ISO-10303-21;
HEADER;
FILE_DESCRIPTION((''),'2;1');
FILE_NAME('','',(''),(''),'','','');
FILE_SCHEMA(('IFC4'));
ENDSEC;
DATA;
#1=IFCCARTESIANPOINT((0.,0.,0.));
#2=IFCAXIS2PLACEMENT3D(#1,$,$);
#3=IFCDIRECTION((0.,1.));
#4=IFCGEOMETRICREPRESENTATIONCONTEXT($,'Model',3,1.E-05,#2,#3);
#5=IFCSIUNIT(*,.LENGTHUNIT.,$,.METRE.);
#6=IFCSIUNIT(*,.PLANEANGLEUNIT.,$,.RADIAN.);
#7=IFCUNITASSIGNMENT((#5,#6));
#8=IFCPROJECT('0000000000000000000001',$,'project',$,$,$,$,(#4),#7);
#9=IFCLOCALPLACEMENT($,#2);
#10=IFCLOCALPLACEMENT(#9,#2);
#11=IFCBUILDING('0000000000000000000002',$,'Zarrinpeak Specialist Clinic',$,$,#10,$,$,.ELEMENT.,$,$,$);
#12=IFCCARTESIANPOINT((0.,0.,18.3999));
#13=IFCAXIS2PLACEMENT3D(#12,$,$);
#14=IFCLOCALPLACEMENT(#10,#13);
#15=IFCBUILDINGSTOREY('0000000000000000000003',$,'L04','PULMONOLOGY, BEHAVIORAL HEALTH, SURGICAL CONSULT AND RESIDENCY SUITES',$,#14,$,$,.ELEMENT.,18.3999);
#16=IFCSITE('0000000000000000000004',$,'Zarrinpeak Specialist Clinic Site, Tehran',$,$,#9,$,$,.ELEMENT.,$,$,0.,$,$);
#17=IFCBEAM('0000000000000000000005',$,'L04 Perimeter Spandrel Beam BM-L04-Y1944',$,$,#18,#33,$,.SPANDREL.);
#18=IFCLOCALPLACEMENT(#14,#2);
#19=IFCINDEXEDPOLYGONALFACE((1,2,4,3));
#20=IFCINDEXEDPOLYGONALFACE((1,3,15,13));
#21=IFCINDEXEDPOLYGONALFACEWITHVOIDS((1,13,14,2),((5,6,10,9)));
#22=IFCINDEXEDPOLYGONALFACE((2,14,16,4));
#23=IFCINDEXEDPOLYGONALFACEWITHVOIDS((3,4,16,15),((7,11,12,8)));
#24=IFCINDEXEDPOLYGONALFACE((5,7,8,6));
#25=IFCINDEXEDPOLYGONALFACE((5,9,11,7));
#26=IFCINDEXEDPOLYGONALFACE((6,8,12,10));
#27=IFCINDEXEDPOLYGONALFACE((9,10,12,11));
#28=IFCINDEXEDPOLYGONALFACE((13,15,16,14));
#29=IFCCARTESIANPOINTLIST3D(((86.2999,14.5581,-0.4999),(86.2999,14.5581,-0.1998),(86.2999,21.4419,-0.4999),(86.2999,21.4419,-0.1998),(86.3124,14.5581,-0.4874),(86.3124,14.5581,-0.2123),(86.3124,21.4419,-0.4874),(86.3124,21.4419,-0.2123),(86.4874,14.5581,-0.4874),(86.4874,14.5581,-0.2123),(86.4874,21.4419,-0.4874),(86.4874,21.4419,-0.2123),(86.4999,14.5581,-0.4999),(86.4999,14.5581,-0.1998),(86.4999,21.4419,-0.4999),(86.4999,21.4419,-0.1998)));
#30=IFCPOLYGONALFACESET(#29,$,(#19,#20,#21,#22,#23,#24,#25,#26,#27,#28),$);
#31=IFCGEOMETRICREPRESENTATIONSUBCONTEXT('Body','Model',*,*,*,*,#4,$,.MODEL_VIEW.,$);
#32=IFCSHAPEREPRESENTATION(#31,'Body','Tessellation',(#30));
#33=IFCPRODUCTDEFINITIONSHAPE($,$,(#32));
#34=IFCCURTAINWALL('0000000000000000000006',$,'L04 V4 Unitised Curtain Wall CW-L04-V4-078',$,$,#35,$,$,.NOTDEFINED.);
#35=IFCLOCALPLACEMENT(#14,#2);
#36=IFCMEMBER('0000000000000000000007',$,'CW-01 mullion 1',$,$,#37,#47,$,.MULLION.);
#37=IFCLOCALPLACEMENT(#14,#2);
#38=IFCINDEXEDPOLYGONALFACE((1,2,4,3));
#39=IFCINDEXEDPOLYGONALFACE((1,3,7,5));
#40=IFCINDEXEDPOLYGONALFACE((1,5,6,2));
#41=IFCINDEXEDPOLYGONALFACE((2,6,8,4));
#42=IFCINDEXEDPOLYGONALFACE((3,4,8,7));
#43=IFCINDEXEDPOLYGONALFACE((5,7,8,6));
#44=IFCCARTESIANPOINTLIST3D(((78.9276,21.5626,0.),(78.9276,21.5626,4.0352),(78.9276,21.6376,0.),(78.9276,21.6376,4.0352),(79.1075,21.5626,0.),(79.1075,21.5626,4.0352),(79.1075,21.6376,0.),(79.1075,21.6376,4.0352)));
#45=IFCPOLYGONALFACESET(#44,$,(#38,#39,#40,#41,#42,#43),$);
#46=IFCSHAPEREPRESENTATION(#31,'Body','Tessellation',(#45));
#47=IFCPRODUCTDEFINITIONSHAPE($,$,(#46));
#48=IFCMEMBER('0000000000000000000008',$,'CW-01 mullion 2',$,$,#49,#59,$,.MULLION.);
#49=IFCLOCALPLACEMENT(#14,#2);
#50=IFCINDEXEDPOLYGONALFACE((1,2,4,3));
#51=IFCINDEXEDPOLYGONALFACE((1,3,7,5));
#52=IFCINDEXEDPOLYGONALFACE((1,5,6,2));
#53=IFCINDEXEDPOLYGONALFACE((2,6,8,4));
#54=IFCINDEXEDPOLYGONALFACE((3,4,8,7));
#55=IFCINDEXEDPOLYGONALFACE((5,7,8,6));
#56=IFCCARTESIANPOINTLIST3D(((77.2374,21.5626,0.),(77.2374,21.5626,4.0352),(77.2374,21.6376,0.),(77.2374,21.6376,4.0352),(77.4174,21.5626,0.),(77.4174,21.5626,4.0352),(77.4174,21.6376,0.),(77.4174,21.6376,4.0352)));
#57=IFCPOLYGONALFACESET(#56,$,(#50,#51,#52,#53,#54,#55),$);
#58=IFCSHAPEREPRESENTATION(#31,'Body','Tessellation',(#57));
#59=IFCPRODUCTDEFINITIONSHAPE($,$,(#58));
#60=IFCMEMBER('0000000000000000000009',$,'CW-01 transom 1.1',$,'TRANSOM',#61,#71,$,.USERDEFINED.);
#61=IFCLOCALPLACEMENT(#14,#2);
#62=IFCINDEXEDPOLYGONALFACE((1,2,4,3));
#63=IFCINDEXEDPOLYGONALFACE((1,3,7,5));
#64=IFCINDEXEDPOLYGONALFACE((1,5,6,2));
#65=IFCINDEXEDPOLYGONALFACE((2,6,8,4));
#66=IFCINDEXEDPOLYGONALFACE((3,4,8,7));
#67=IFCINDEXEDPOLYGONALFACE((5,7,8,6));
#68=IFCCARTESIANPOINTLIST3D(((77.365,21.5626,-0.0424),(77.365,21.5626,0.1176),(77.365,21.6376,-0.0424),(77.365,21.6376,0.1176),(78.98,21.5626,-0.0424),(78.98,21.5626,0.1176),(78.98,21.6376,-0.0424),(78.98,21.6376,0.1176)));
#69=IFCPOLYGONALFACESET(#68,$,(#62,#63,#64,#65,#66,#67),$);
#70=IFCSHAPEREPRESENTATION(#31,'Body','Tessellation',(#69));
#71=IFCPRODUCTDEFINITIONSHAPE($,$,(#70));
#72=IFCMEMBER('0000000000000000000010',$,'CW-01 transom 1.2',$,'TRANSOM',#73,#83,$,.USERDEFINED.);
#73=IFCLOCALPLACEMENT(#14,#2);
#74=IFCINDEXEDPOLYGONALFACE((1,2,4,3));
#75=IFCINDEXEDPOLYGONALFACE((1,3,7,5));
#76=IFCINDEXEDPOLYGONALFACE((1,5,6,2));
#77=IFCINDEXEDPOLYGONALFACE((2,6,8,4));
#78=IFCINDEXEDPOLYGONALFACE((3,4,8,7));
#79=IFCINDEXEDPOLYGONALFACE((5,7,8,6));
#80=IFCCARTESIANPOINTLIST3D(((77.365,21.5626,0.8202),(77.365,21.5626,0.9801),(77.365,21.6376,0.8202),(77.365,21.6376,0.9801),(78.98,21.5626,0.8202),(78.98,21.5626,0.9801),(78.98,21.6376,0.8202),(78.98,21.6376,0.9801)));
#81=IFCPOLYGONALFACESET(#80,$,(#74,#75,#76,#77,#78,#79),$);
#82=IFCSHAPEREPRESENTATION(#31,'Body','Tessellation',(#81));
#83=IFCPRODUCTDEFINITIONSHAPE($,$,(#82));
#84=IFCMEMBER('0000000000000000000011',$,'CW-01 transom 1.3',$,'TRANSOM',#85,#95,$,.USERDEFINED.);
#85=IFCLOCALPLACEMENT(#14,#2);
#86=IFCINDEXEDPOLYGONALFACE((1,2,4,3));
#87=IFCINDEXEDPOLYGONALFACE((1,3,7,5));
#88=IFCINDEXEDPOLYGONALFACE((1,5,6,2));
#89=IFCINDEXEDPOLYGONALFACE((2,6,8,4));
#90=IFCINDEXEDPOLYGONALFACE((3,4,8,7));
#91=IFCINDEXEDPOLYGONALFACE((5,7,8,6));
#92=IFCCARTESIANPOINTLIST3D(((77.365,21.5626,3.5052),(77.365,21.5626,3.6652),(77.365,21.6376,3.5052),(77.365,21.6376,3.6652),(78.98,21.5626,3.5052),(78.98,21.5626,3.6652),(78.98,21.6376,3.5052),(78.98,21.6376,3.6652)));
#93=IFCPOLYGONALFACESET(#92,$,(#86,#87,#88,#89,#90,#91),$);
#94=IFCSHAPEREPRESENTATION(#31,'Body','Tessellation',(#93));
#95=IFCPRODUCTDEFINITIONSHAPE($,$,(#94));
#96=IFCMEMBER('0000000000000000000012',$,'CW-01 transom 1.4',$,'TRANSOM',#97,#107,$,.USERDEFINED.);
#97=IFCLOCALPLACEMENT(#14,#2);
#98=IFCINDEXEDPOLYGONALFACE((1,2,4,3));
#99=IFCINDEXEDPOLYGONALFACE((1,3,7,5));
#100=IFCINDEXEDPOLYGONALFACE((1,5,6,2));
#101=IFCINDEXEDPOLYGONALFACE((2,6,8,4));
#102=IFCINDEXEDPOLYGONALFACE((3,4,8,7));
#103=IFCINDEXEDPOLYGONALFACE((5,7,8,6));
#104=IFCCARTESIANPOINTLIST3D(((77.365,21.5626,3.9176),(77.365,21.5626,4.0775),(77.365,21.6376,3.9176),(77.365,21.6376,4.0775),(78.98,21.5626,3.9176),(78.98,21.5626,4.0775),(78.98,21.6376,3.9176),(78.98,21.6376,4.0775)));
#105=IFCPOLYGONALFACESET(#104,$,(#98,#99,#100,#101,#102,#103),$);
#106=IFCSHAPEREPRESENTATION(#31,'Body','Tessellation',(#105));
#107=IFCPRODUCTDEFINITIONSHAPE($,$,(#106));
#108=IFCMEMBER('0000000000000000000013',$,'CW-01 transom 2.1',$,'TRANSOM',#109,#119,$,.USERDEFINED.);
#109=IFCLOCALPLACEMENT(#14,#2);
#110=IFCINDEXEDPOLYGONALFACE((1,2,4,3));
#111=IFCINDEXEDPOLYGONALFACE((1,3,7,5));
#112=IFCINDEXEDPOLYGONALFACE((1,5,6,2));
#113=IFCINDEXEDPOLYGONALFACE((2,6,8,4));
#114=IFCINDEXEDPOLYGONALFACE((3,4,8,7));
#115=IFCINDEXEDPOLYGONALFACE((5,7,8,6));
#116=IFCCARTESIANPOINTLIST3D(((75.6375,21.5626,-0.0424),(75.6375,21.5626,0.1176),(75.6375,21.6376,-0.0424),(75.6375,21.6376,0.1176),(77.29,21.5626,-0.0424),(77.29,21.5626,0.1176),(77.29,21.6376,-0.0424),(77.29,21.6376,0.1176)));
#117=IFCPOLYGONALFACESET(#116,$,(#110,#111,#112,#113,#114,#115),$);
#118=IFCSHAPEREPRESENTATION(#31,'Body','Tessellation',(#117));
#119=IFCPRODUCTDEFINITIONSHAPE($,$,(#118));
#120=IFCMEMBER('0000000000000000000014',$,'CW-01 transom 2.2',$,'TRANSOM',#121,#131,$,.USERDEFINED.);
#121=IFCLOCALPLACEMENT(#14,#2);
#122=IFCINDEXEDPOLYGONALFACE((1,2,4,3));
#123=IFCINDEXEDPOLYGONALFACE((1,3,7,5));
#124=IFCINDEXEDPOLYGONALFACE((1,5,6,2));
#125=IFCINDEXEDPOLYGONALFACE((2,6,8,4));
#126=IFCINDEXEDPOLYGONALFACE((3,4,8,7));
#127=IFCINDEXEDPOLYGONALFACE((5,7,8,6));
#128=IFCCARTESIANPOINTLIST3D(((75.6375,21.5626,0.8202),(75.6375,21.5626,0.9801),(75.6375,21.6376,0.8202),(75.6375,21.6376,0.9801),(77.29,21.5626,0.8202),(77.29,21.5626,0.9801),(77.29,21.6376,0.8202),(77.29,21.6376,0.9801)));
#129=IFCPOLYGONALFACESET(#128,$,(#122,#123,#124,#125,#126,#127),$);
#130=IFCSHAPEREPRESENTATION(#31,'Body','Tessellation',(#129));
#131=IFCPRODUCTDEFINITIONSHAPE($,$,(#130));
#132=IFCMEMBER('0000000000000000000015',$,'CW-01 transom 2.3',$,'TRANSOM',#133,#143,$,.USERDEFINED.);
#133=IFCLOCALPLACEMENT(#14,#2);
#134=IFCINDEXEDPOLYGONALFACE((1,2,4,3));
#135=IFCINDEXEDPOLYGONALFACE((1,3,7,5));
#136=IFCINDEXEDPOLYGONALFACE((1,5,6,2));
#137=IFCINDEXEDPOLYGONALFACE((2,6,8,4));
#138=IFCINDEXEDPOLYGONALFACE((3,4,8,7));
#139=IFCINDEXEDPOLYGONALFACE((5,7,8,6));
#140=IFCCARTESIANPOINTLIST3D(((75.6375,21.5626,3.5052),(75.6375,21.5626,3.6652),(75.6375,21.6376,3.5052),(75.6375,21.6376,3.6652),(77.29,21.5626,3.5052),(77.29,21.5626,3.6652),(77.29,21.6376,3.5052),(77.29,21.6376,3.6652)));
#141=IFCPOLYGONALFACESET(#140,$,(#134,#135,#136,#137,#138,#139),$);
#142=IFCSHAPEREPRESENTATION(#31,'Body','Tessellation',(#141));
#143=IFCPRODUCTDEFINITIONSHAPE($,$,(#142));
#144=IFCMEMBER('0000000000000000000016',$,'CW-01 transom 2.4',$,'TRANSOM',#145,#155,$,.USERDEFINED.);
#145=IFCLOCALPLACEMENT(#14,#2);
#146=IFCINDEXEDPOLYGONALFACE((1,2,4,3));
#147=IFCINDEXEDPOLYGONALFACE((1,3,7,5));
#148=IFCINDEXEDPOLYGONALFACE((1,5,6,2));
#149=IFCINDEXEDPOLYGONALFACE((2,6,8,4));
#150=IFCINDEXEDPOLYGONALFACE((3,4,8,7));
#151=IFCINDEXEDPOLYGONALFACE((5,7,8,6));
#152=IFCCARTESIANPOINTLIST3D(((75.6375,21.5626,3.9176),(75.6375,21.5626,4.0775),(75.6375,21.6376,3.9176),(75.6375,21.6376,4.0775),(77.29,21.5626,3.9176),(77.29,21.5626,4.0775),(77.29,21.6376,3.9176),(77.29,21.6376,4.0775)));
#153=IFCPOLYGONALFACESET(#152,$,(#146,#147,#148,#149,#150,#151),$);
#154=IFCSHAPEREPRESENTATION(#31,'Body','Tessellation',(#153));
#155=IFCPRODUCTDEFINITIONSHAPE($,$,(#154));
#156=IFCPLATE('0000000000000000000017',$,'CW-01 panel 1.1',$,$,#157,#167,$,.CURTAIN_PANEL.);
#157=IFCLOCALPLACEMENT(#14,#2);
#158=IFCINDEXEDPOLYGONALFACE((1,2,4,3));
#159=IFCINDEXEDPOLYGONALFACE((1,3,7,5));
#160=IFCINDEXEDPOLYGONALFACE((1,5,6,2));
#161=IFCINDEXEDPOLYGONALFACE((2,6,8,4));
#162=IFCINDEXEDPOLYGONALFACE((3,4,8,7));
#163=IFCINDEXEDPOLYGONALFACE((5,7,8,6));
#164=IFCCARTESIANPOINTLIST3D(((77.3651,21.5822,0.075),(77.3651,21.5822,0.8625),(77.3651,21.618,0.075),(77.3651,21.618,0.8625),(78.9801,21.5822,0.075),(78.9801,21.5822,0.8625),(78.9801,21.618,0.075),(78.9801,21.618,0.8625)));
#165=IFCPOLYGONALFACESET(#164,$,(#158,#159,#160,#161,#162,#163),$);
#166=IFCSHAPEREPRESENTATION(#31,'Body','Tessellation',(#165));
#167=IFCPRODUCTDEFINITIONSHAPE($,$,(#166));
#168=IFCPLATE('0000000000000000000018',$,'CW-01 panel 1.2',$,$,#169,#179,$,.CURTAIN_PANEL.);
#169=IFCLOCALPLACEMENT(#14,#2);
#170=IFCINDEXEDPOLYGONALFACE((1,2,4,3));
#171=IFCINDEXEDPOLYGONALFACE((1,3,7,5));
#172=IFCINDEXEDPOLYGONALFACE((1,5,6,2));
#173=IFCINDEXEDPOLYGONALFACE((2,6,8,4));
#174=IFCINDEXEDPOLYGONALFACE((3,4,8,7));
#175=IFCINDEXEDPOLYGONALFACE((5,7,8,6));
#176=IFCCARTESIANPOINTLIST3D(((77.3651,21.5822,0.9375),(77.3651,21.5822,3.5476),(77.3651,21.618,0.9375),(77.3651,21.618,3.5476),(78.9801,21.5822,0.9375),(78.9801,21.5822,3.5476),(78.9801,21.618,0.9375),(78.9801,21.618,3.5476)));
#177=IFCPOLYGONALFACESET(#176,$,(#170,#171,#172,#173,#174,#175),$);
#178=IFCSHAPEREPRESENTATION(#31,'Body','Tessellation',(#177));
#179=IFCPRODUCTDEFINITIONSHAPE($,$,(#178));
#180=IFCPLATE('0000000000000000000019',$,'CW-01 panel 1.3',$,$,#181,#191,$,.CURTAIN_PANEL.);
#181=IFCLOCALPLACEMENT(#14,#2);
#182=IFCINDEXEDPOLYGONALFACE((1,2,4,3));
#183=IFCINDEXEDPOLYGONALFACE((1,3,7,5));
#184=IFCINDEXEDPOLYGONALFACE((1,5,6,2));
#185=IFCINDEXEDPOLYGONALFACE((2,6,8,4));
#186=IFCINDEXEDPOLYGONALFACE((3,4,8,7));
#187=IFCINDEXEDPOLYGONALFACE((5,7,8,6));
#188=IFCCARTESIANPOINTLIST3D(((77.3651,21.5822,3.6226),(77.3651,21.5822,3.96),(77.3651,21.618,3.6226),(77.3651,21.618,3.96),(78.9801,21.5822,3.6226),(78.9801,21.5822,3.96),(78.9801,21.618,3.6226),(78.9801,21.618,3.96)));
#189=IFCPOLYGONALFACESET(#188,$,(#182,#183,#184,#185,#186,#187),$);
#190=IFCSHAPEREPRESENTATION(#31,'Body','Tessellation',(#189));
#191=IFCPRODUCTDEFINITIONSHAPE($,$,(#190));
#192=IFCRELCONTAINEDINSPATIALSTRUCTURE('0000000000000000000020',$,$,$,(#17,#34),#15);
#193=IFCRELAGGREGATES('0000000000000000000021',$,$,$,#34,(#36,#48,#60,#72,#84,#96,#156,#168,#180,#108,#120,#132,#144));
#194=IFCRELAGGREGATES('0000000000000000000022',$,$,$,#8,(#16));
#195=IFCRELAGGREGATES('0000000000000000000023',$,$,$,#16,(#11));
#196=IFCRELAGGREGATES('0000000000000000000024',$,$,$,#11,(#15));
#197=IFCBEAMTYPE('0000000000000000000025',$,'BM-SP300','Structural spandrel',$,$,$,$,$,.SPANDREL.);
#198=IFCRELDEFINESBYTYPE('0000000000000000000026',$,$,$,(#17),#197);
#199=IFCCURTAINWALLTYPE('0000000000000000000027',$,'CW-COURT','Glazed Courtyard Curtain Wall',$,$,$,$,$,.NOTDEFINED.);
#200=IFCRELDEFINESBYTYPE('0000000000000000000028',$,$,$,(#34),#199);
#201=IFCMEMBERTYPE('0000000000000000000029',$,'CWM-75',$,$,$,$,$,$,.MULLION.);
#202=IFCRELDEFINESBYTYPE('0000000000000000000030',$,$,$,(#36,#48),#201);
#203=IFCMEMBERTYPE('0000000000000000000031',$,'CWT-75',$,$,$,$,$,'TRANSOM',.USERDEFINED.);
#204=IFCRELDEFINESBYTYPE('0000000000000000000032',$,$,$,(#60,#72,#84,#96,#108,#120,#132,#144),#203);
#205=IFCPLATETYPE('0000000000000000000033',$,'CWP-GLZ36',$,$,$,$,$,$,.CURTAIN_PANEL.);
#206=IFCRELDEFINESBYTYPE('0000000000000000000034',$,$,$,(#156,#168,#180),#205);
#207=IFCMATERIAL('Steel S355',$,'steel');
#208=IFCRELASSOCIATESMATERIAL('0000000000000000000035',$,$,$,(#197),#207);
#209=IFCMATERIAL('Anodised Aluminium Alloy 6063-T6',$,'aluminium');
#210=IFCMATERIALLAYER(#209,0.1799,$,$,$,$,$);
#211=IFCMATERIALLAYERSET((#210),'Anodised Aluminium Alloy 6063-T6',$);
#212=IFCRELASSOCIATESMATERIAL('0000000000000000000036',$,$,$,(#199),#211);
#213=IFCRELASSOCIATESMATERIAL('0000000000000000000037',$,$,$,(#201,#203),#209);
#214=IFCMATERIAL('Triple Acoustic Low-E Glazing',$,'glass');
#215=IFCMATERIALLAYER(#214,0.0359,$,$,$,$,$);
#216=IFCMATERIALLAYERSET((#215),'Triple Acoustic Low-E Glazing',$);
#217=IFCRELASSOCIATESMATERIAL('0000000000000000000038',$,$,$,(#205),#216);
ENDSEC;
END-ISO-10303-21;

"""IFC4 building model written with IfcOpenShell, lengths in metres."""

from ifc_helpers import new_model, si_unit, direction, frame, origin, origin_2d, place, context, subcontext, project, spatial, rectangle, hollow_rectangle, extrude, material, layer, layer_set, material_profile, profile_set, type_object, element, aggregate, save


model = new_model("IFC4")

# Units and contexts
model_context = context("Model", 3, precision=1e-05, world=origin(), true_north=direction((0.0, 1.0)))
body_context = subcontext(model_context, "Body", "Model", "MODEL_VIEW")
ifc_project = project(units=[si_unit("LENGTHUNIT", "METRE"), si_unit("PLANEANGLEUNIT", "RADIAN")], contexts=[model_context])

# Site, building, storey
site_placement = place(None, origin())
site = spatial("IfcSite", under=ifc_project, at=site_placement, Name="Zarrinpeak Specialist Clinic Site, Tehran", CompositionType="ELEMENT", RefElevation=0.0)
building_placement = place(site_placement, origin())
building = spatial("IfcBuilding", under=site, at=building_placement, Name="Zarrinpeak Specialist Clinic", CompositionType="ELEMENT")
storey_placement = place(building_placement, frame((0.0, 0.0, 18.3999)))
storey = spatial("IfcBuildingStorey", under=building, at=storey_placement, Name="L04", Description="PULMONOLOGY, BEHAVIORAL HEALTH, SURGICAL CONSULT AND RESIDENCY SUITES", CompositionType="ELEMENT", Elevation=18.3999)

# Shared definitions
ifc_material_1 = material(Name="Steel S355", Category="steel")

# Beam
ifc_material_profile_1 = material_profile(ifc_material_1, hollow_rectangle(XDim=0.2, YDim=0.3, WallThickness=0.0125, at=origin_2d()), Name="RHS 300x200x12.5")
ifc_profile_set_1 = profile_set([ifc_material_profile_1], Name="Steel S355")
beam_type_1 = type_object("IfcBeamType", Name="BM-SP300", Description="Structural spandrel", PredefinedType="SPANDREL", material=ifc_profile_set_1)
beam_1_placement = place(storey_placement, frame((86.3999, 14.5581, -0.3499), z_axis=(0.0, 1.0, 0.0), x_axis=(-1.0, 0.0, 0.0)))
element("IfcBeam", 1, at=beam_1_placement, inside=storey, type_object=beam_type_1, Name="L04 Perimeter Spandrel Beam BM-L04-Y1944", PredefinedType="SPANDREL", context=body_context, shape_type="SweptSolid", body=[
    extrude(hollow_rectangle(XDim=0.2, YDim=0.3, WallThickness=0.0125, at=origin_2d()), origin(), (0.0, 0.0, 1.0), 6.8838),
])

# Curtain wall, members, plates
ifc_material_2 = material(Name="Anodised Aluminium Alloy 6063-T6", Category="aluminium")
ifc_layer_1 = layer(ifc_material_2, 0.1799)
ifc_layer_set_1 = layer_set([ifc_layer_1], Name="Anodised Aluminium Alloy 6063-T6")
curtain_wall_type = type_object("IfcCurtainWallType", Name="CW-COURT", Description="Glazed Courtyard Curtain Wall", PredefinedType="NOTDEFINED", material=ifc_layer_set_1)
curtain_wall_placement = place(storey_placement, origin())
curtain_wall = element("IfcCurtainWall", 2, at=curtain_wall_placement, inside=storey, type_object=curtain_wall_type, Name="L04 V4 Unitised Curtain Wall CW-L04-V4-078", PredefinedType="NOTDEFINED")
ifc_material_profile_2 = material_profile(ifc_material_2, rectangle(XDim=0.075, YDim=0.1799, at=origin_2d()), Name="ALU 75x180")
ifc_profile_set_2 = profile_set([ifc_material_profile_2], Name="Anodised Aluminium Alloy 6063-T6")
member_type_1 = type_object("IfcMemberType", Name="CWM-75", PredefinedType="MULLION", material=ifc_profile_set_2)
member_1_placement = place(storey_placement, frame((79.0176, 21.6001, 0.0), z_axis=(0.0, 0.0, 1.0), x_axis=(0.0, -1.0, 0.0)))
member_1 = element("IfcMember", 3, at=member_1_placement, type_object=member_type_1, Name="CW-01 mullion 1", PredefinedType="MULLION", context=body_context, shape_type="SweptSolid", body=[
    extrude(rectangle(XDim=0.075, YDim=0.1799, at=origin_2d()), origin(), (0.0, 0.0, 1.0), 4.0352),
])
member_2_placement = place(storey_placement, frame((77.3274, 21.6001, 0.0), z_axis=(0.0, 0.0, 1.0), x_axis=(0.0, -1.0, 0.0)))
member_2 = element("IfcMember", 4, at=member_2_placement, type_object=member_type_1, Name="CW-01 mullion 2", PredefinedType="MULLION", context=body_context, shape_type="SweptSolid", body=[
    extrude(rectangle(XDim=0.075, YDim=0.1799, at=origin_2d()), origin(), (0.0, 0.0, 1.0), 4.0352),
])
ifc_material_profile_3 = material_profile(ifc_material_2, rectangle(XDim=0.075, YDim=0.1599, at=origin_2d()), Name="ALU 75x160")
ifc_profile_set_3 = profile_set([ifc_material_profile_3], Name="Anodised Aluminium Alloy 6063-T6")
member_type_2 = type_object("IfcMemberType", Name="CWT-75", ElementType="TRANSOM", PredefinedType="USERDEFINED", material=ifc_profile_set_3)
member_3_placement = place(storey_placement, frame((78.98, 21.6001, 0.0376), z_axis=(-1.0, 0.0, 0.0), x_axis=(0.0, -1.0, 0.0)))
member_3 = element("IfcMember", 5, at=member_3_placement, type_object=member_type_2, Name="CW-01 transom 1.1", ObjectType="TRANSOM", PredefinedType="USERDEFINED", context=body_context, shape_type="SweptSolid", body=[
    extrude(rectangle(XDim=0.075, YDim=0.1599, at=origin_2d()), origin(), (0.0, 0.0, 1.0), 1.615),
])
member_4_placement = place(storey_placement, frame((78.98, 21.6001, 0.9001), z_axis=(-1.0, 0.0, 0.0), x_axis=(0.0, -1.0, 0.0)))
member_4 = element("IfcMember", 6, at=member_4_placement, type_object=member_type_2, Name="CW-01 transom 1.2", ObjectType="TRANSOM", PredefinedType="USERDEFINED", context=body_context, shape_type="SweptSolid", body=[
    extrude(rectangle(XDim=0.075, YDim=0.1599, at=origin_2d()), origin(), (0.0, 0.0, 1.0), 1.615),
])
member_5_placement = place(storey_placement, frame((78.98, 21.6001, 3.5852), z_axis=(-1.0, 0.0, 0.0), x_axis=(0.0, -1.0, 0.0)))
member_5 = element("IfcMember", 7, at=member_5_placement, type_object=member_type_2, Name="CW-01 transom 1.3", ObjectType="TRANSOM", PredefinedType="USERDEFINED", context=body_context, shape_type="SweptSolid", body=[
    extrude(rectangle(XDim=0.075, YDim=0.1599, at=origin_2d()), origin(), (0.0, 0.0, 1.0), 1.615),
])
member_6_placement = place(storey_placement, frame((78.98, 21.6001, 3.9976), z_axis=(-1.0, 0.0, 0.0), x_axis=(0.0, -1.0, 0.0)))
member_6 = element("IfcMember", 8, at=member_6_placement, type_object=member_type_2, Name="CW-01 transom 1.4", ObjectType="TRANSOM", PredefinedType="USERDEFINED", context=body_context, shape_type="SweptSolid", body=[
    extrude(rectangle(XDim=0.075, YDim=0.1599, at=origin_2d()), origin(), (0.0, 0.0, 1.0), 1.615),
])
member_7_placement = place(storey_placement, frame((77.29, 21.6001, 0.0376), z_axis=(-1.0, 0.0, 0.0), x_axis=(0.0, -1.0, 0.0)))
member_7 = element("IfcMember", 9, at=member_7_placement, type_object=member_type_2, Name="CW-01 transom 2.1", ObjectType="TRANSOM", PredefinedType="USERDEFINED", context=body_context, shape_type="SweptSolid", body=[
    extrude(rectangle(XDim=0.075, YDim=0.1599, at=origin_2d()), origin(), (0.0, 0.0, 1.0), 1.6526),
])
member_8_placement = place(storey_placement, frame((77.29, 21.6001, 0.9001), z_axis=(-1.0, 0.0, 0.0), x_axis=(0.0, -1.0, 0.0)))
member_8 = element("IfcMember", 10, at=member_8_placement, type_object=member_type_2, Name="CW-01 transom 2.2", ObjectType="TRANSOM", PredefinedType="USERDEFINED", context=body_context, shape_type="SweptSolid", body=[
    extrude(rectangle(XDim=0.075, YDim=0.1599, at=origin_2d()), origin(), (0.0, 0.0, 1.0), 1.6526),
])
member_9_placement = place(storey_placement, frame((77.29, 21.6001, 3.5852), z_axis=(-1.0, 0.0, 0.0), x_axis=(0.0, -1.0, 0.0)))
member_9 = element("IfcMember", 11, at=member_9_placement, type_object=member_type_2, Name="CW-01 transom 2.3", ObjectType="TRANSOM", PredefinedType="USERDEFINED", context=body_context, shape_type="SweptSolid", body=[
    extrude(rectangle(XDim=0.075, YDim=0.1599, at=origin_2d()), origin(), (0.0, 0.0, 1.0), 1.6526),
])
member_10_placement = place(storey_placement, frame((77.29, 21.6001, 3.9976), z_axis=(-1.0, 0.0, 0.0), x_axis=(0.0, -1.0, 0.0)))
member_10 = element("IfcMember", 12, at=member_10_placement, type_object=member_type_2, Name="CW-01 transom 2.4", ObjectType="TRANSOM", PredefinedType="USERDEFINED", context=body_context, shape_type="SweptSolid", body=[
    extrude(rectangle(XDim=0.075, YDim=0.1599, at=origin_2d()), origin(), (0.0, 0.0, 1.0), 1.6526),
])
ifc_material_3 = material(Name="Triple Acoustic Low-E Glazing", Category="glass")
ifc_layer_2 = layer(ifc_material_3, 0.0359)
ifc_layer_set_2 = layer_set([ifc_layer_2], Name="Triple Acoustic Low-E Glazing")
plate_type = type_object("IfcPlateType", Name="CWP-GLZ36", PredefinedType="CURTAIN_PANEL", material=ifc_layer_set_2)
plate_1_placement = place(storey_placement, frame((78.1726, 21.6001, 0.075), z_axis=(0.0, 0.0, 1.0), x_axis=(-1.0, 0.0, 0.0)))
plate_1 = element("IfcPlate", 13, at=plate_1_placement, type_object=plate_type, Name="CW-01 panel 1.1", PredefinedType="CURTAIN_PANEL", context=body_context, shape_type="SweptSolid", body=[
    extrude(rectangle(XDim=1.615, YDim=0.0359, at=origin_2d()), origin(), (0.0, 0.0, 1.0), 0.7876),
])
plate_2_placement = place(storey_placement, frame((78.1726, 21.6001, 0.9375), z_axis=(0.0, 0.0, 1.0), x_axis=(-1.0, 0.0, 0.0)))
plate_2 = element("IfcPlate", 14, at=plate_2_placement, type_object=plate_type, Name="CW-01 panel 1.2", PredefinedType="CURTAIN_PANEL", context=body_context, shape_type="SweptSolid", body=[
    extrude(rectangle(XDim=1.615, YDim=0.0359, at=origin_2d()), origin(), (0.0, 0.0, 1.0), 2.6101),
])
plate_3_placement = place(storey_placement, frame((78.1726, 21.6001, 3.6226), z_axis=(0.0, 0.0, 1.0), x_axis=(-1.0, 0.0, 0.0)))
plate_3 = element("IfcPlate", 15, at=plate_3_placement, type_object=plate_type, Name="CW-01 panel 1.3", PredefinedType="CURTAIN_PANEL", context=body_context, shape_type="SweptSolid", body=[
    extrude(rectangle(XDim=1.615, YDim=0.0359, at=origin_2d()), origin(), (0.0, 0.0, 1.0), 0.3374),
])
aggregate(curtain_wall, [member_1, member_2, member_3, member_4, member_5, member_6, plate_1, plate_2, plate_3, member_7, member_8, member_9, member_10])

save(model, "model.ifc")
